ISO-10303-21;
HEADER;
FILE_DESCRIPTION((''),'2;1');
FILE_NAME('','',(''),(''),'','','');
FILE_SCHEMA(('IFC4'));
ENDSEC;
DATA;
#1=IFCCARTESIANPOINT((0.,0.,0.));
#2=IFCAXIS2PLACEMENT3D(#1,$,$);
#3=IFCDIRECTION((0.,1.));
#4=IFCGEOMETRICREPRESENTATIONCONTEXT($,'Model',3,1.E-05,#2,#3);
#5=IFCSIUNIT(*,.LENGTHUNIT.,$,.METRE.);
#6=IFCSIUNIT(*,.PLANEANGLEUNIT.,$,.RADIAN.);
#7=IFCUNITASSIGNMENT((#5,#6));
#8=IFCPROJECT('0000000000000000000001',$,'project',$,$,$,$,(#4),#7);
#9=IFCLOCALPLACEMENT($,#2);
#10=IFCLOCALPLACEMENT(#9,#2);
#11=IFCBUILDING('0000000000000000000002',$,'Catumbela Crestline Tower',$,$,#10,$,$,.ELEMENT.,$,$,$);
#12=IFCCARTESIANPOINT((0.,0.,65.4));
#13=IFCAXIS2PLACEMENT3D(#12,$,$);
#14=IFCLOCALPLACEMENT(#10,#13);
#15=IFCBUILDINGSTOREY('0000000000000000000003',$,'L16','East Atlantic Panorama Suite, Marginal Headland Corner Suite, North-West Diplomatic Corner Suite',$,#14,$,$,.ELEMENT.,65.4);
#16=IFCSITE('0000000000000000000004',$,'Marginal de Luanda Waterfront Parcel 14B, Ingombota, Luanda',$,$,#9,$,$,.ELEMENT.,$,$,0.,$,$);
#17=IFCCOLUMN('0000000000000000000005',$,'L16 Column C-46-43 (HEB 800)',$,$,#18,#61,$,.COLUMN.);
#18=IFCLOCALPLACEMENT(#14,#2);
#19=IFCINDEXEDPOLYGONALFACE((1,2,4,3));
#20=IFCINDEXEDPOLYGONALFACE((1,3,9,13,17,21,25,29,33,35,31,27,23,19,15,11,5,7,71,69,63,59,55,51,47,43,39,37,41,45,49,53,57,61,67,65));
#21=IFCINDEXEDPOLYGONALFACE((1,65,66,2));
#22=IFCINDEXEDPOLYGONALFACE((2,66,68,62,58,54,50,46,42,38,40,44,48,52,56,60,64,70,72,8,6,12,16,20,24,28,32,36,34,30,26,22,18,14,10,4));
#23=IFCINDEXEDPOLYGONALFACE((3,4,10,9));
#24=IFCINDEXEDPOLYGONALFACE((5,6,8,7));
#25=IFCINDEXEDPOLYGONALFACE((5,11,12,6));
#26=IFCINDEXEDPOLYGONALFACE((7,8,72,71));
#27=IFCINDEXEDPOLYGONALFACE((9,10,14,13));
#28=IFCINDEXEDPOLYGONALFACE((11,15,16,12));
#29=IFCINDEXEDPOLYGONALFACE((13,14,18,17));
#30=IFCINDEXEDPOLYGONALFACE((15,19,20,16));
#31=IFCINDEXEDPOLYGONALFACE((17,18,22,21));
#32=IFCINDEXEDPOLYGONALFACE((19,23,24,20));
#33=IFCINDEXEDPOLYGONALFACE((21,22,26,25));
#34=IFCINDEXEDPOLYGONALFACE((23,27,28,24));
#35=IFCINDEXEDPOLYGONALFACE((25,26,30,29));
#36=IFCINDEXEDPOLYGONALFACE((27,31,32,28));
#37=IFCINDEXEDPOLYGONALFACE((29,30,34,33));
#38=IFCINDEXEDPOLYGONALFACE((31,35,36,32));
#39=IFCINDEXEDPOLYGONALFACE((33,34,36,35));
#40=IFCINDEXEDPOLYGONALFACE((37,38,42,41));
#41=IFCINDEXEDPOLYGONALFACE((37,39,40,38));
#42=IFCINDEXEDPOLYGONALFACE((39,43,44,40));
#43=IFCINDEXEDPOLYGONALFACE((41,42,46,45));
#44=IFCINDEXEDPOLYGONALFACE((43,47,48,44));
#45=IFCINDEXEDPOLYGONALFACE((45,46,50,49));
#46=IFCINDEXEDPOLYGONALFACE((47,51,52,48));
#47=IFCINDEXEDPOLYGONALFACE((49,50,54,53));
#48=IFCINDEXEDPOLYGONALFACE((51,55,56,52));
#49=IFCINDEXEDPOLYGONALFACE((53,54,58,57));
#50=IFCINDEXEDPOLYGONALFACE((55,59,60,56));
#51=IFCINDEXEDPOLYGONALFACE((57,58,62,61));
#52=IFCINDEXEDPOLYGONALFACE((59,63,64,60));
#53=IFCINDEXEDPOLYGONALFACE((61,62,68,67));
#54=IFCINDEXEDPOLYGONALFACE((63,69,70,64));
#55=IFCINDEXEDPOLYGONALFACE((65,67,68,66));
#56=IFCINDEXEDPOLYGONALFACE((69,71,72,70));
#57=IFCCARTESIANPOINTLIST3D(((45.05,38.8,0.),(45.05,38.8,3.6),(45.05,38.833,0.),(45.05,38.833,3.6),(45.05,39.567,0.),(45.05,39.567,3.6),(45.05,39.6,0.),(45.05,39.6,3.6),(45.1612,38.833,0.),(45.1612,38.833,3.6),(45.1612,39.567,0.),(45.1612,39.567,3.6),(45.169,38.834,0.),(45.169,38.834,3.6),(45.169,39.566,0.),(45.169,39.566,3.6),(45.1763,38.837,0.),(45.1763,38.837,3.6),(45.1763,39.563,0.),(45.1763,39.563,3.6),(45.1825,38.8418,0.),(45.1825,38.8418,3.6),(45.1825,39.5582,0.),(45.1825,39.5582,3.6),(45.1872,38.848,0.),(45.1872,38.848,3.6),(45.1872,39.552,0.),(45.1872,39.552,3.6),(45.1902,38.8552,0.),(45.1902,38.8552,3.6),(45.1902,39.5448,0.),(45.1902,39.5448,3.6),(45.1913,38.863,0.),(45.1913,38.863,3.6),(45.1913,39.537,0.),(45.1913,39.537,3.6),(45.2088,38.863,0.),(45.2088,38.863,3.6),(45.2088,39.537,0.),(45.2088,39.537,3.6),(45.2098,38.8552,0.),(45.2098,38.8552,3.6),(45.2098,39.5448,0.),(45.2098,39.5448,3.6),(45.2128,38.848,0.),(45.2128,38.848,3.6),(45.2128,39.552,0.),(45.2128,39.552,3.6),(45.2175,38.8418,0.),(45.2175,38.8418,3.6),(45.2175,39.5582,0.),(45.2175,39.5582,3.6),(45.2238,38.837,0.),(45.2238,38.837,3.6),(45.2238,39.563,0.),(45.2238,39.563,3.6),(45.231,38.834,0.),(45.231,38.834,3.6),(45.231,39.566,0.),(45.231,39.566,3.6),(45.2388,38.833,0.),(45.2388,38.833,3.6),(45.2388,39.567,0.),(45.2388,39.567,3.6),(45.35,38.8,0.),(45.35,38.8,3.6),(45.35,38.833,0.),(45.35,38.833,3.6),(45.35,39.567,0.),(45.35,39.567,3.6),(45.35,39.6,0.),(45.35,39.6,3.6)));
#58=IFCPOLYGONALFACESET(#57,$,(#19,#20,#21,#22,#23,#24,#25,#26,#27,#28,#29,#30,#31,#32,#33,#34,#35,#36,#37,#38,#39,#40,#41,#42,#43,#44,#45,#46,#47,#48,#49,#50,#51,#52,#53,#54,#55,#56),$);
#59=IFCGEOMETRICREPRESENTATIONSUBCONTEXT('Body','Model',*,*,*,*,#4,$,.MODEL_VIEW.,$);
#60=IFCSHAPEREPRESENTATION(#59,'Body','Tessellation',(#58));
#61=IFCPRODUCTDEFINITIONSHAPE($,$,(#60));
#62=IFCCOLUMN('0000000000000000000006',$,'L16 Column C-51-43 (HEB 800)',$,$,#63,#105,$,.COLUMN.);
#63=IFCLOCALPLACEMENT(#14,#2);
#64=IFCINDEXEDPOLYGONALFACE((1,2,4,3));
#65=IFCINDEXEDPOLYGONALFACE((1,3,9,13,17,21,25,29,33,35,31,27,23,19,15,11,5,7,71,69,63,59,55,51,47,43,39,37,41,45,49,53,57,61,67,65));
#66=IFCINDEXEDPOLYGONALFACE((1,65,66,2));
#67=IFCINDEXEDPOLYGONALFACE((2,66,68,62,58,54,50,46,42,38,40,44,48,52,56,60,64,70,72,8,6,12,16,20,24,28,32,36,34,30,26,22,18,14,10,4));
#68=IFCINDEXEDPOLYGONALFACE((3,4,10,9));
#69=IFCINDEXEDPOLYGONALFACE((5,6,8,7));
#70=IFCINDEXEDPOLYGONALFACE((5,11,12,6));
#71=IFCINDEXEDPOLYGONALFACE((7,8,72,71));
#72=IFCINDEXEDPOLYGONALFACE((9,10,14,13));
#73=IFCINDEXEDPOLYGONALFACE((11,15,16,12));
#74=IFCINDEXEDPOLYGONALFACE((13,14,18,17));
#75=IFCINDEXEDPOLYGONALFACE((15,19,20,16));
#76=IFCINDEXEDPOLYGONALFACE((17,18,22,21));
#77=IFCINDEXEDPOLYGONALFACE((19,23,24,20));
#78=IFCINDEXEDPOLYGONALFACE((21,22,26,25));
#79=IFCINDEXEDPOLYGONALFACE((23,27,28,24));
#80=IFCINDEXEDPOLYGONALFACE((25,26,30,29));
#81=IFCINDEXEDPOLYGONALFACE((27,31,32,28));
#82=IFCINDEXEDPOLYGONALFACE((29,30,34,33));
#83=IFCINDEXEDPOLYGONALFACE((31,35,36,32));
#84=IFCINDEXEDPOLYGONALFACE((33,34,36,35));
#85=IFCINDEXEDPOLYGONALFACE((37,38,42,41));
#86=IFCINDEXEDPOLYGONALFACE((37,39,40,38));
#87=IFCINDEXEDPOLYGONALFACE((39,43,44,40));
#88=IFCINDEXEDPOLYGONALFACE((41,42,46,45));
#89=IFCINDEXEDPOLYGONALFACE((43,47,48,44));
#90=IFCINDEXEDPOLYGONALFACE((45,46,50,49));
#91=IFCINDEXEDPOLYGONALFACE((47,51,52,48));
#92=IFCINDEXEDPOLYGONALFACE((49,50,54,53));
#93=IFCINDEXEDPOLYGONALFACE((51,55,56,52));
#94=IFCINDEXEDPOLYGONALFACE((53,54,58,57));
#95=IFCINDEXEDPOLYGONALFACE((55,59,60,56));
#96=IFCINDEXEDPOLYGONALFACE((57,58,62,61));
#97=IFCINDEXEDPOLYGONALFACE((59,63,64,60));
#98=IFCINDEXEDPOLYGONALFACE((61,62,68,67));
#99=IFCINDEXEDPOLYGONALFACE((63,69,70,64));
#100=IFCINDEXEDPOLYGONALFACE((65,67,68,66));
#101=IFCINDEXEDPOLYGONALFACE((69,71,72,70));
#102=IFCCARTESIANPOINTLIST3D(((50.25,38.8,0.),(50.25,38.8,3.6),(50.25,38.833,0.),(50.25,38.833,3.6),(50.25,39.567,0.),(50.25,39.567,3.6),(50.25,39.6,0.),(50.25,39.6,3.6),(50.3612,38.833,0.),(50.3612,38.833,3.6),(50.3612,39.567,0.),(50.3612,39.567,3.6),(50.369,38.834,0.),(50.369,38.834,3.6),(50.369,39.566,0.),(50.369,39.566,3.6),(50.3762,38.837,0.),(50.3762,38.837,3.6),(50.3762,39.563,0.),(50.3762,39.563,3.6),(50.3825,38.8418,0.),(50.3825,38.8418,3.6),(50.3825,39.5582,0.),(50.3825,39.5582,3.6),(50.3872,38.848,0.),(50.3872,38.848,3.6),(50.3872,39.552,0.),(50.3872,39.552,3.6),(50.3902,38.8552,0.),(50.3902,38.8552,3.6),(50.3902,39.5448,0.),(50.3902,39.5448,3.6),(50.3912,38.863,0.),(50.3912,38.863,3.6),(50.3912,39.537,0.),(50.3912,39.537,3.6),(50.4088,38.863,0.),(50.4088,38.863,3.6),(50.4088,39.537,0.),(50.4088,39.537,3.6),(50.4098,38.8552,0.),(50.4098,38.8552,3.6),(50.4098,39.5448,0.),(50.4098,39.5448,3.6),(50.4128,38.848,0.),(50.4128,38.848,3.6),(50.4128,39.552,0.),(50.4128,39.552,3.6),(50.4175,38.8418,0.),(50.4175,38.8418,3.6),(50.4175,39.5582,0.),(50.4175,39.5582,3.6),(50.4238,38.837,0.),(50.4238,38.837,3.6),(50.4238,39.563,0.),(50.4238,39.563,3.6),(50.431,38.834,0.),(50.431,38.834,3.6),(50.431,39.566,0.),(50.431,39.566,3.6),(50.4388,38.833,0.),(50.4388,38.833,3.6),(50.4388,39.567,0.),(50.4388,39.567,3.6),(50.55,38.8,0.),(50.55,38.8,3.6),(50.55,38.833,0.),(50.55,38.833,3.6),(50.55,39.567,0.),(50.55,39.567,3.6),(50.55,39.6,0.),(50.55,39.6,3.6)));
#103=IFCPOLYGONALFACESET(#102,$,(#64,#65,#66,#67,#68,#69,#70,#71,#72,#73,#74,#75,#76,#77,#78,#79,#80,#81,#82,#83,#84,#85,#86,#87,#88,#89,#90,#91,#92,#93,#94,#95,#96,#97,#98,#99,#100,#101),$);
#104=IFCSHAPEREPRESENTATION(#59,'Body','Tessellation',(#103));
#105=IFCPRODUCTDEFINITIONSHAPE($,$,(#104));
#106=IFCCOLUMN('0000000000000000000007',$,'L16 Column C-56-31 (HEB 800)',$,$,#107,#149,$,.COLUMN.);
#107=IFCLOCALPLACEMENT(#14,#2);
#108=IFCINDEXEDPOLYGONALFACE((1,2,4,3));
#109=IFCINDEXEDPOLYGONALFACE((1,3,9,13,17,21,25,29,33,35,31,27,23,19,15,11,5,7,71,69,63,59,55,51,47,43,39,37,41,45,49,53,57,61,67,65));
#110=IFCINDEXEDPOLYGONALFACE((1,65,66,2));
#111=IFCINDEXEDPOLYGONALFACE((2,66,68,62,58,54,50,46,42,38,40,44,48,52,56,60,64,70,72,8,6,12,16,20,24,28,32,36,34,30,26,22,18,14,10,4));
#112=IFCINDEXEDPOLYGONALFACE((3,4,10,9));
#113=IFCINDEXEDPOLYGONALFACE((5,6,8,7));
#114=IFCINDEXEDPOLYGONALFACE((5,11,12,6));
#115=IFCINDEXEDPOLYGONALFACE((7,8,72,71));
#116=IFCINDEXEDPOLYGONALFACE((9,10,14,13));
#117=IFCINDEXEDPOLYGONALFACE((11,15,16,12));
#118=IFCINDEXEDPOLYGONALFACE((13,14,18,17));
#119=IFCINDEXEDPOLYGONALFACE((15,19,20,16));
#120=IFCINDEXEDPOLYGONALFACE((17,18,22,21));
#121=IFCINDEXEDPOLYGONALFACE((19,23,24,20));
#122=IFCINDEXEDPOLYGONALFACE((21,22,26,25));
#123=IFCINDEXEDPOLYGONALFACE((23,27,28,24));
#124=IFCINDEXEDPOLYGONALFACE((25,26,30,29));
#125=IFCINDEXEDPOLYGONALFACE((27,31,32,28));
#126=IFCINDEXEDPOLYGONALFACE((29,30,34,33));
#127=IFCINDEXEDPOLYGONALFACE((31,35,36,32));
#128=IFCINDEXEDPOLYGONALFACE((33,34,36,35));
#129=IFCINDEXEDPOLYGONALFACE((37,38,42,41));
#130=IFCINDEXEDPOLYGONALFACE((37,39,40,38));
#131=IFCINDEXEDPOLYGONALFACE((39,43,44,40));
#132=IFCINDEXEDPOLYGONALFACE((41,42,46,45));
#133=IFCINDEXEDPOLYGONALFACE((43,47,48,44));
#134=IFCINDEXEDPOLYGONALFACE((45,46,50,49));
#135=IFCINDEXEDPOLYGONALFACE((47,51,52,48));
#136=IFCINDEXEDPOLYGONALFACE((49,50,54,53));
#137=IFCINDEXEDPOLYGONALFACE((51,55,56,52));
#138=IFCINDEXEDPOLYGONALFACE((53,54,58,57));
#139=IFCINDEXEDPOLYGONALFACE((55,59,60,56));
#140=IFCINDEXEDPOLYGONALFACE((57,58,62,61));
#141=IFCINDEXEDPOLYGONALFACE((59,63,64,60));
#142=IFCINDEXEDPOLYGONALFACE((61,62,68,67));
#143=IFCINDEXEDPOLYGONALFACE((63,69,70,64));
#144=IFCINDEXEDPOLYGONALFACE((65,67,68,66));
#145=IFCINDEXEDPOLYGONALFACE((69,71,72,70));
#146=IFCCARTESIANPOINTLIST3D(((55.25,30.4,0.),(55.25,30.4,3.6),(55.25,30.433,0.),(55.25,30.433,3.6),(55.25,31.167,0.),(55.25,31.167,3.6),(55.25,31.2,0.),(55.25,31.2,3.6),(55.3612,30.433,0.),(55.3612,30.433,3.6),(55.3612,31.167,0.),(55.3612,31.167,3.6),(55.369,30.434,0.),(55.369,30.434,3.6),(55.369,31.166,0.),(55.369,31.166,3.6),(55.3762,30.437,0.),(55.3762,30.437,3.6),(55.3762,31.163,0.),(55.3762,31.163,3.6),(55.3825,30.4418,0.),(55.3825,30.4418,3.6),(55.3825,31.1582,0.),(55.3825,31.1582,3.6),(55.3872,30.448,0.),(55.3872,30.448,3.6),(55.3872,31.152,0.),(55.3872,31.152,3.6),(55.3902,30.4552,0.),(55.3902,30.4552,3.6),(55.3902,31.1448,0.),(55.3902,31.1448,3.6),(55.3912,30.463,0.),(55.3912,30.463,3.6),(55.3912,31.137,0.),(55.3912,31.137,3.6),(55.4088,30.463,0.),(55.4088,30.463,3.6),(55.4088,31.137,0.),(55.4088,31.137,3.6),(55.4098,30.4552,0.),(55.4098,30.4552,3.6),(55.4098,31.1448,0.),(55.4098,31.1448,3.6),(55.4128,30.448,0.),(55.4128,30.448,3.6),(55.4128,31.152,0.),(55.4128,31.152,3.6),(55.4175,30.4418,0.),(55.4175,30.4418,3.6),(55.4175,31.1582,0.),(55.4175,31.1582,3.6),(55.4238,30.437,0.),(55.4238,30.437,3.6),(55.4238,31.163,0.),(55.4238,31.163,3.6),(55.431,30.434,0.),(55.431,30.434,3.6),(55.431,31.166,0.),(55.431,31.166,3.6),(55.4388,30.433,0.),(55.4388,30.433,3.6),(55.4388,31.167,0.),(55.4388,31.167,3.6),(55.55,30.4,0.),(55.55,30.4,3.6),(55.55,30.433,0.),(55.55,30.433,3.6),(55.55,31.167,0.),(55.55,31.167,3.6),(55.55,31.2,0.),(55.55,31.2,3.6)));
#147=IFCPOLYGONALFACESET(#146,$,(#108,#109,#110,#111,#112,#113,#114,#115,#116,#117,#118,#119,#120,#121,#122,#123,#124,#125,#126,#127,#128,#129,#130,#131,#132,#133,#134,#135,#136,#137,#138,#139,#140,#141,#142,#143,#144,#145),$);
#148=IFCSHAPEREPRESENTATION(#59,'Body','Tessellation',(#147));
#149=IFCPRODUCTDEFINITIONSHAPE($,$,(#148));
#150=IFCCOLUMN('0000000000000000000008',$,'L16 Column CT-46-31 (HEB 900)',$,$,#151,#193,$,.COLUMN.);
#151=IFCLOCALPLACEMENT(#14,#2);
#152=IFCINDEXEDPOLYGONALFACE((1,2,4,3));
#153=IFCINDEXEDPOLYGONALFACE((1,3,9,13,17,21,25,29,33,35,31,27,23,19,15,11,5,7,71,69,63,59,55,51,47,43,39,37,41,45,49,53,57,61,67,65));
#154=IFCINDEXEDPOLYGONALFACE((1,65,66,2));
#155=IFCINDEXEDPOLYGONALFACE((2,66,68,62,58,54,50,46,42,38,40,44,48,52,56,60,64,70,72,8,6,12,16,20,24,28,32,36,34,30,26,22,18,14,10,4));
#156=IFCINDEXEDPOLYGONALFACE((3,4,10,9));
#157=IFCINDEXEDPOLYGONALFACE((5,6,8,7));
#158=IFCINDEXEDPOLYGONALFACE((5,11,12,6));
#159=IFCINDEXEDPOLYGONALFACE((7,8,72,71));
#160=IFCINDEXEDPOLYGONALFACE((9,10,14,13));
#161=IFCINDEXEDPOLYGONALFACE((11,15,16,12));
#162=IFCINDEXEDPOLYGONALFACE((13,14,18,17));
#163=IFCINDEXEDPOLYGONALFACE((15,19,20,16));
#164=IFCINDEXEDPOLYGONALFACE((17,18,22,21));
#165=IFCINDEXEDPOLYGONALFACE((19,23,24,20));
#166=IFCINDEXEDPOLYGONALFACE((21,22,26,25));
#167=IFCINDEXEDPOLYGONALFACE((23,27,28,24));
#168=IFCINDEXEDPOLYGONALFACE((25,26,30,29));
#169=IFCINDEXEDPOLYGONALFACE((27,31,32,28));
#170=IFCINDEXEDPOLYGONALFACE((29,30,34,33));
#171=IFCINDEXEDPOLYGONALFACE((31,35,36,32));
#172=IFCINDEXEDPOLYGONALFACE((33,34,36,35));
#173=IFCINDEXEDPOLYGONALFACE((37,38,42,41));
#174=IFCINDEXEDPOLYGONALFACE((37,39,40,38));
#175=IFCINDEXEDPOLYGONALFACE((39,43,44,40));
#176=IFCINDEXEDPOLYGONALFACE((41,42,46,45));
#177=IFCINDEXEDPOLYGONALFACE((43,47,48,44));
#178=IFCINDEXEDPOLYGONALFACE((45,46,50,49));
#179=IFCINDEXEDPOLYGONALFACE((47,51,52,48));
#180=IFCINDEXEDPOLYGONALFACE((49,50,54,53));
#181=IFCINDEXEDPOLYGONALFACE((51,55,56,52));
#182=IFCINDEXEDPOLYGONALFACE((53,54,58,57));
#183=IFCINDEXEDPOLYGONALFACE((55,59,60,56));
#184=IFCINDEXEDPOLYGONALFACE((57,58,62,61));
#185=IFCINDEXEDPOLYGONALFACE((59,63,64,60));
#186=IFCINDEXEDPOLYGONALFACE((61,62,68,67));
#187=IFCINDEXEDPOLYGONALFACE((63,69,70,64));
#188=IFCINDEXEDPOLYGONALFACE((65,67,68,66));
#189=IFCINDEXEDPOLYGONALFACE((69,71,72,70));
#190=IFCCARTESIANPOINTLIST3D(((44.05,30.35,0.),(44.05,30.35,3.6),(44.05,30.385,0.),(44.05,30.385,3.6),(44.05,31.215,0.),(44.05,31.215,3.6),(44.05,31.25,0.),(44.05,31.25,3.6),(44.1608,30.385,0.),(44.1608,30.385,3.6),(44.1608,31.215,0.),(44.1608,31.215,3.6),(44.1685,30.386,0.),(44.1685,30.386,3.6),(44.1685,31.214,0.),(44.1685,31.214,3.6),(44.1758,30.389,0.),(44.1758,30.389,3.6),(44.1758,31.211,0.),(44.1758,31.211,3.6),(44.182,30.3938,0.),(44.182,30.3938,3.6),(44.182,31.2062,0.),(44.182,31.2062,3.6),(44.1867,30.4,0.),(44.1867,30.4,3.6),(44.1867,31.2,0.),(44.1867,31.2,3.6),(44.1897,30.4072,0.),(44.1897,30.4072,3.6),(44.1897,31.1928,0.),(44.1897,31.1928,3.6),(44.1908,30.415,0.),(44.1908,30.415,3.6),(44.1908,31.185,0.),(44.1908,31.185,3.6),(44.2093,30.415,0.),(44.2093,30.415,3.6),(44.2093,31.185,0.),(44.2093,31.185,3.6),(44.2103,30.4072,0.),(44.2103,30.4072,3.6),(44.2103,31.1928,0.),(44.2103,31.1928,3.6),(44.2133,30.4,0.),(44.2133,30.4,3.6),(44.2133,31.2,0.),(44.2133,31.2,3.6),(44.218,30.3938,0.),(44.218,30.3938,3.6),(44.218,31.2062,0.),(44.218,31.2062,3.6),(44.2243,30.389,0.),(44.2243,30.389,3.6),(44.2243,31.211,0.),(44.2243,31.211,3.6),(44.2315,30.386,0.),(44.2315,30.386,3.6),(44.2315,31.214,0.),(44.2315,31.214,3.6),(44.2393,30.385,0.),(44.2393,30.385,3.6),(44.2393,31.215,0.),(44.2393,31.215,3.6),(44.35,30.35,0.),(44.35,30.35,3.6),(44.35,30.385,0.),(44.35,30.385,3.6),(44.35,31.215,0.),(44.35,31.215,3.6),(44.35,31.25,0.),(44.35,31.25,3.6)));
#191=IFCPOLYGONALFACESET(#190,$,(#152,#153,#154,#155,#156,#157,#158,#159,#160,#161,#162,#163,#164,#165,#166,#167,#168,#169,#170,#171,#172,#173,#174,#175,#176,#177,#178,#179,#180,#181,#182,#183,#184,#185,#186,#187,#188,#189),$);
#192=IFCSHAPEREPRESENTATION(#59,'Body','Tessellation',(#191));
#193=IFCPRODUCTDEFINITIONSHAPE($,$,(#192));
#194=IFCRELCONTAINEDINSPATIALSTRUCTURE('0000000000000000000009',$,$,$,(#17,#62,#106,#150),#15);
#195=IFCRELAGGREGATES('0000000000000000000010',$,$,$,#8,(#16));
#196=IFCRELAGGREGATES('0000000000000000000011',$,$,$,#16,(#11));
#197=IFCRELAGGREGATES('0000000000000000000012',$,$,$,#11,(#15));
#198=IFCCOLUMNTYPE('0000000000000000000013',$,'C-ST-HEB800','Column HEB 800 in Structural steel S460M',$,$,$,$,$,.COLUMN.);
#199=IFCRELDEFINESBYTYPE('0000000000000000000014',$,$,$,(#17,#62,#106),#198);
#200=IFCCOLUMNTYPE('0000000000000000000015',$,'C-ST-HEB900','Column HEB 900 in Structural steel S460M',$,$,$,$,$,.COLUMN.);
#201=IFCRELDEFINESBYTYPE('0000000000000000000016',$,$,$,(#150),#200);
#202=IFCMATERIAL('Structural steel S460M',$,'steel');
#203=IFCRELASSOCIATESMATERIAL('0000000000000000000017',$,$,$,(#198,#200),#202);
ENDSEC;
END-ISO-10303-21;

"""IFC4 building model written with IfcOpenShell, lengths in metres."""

from ifc_helpers import new_model, si_unit, direction, frame, origin, origin_2d, place, context, subcontext, project, spatial, i_section, extrude, material, material_profile, profile_set, type_object, element, save


model = new_model("IFC4")

# Units and contexts
model_context = context("Model", 3, precision=1e-05, world=origin(), true_north=direction((0.0, 1.0)))
body_context = subcontext(model_context, "Body", "Model", "MODEL_VIEW")
ifc_project = project(units=[si_unit("LENGTHUNIT", "METRE"), si_unit("PLANEANGLEUNIT", "RADIAN")], contexts=[model_context])

# Site, building, storey
site_placement = place(None, origin())
site = spatial("IfcSite", under=ifc_project, at=site_placement, Name="Marginal de Luanda Waterfront Parcel 14B, Ingombota, Luanda", CompositionType="ELEMENT", RefElevation=0.0)
building_placement = place(site_placement, origin())
building = spatial("IfcBuilding", under=site, at=building_placement, Name="Catumbela Crestline Tower", CompositionType="ELEMENT")
storey_placement = place(building_placement, frame((0.0, 0.0, 65.4)))
storey = spatial("IfcBuildingStorey", under=building, at=storey_placement, Name="L16", Description="East Atlantic Panorama Suite, Marginal Headland Corner Suite, North-West Diplomatic Corner Suite", CompositionType="ELEMENT", Elevation=65.4)

# Columns
ifc_material_1 = material(Name="Structural steel S460M", Category="steel")
ifc_material_profile_1 = material_profile(ifc_material_1, i_section(OverallWidth=0.3, OverallDepth=0.8, WebThickness=0.0175, FlangeThickness=0.033, FilletRadius=0.03, at=origin_2d()), Name="HEB 800")
ifc_profile_set_1 = profile_set([ifc_material_profile_1], Name="Structural steel S460M")
column_type_1 = type_object("IfcColumnType", Name="C-ST-HEB800", Description="Column HEB 800 in Structural steel S460M", PredefinedType="COLUMN", material=ifc_profile_set_1)
for number, where, z_axis, x_axis, name in (
    (1, (45.2, 39.2, 0.0), (0.0, 0.0, 1.0), (1.0, 0.0, 0.0), "L16 Column C-46-43 (HEB 800)"),
    (2, (50.4, 39.2, 0.0), (0.0, 0.0, 1.0), (1.0, 0.0, 0.0), "L16 Column C-51-43 (HEB 800)"),
    (3, (55.4, 30.8, 0.0), (0.0, 0.0, 1.0), (1.0, 0.0, 0.0), "L16 Column C-56-31 (HEB 800)"),
):
    element("IfcColumn", number, at=place(storey_placement, frame(where, z_axis=z_axis, x_axis=x_axis)), inside=storey, type_object=column_type_1, Name=name, PredefinedType="COLUMN", context=body_context, shape_type="SweptSolid", body=[
        extrude(i_section(OverallWidth=0.3, OverallDepth=0.8, WebThickness=0.0175, FlangeThickness=0.033, FilletRadius=0.03, at=origin_2d()), origin(), (0.0, 0.0, 1.0), 3.6),
    ])
ifc_material_profile_2 = material_profile(ifc_material_1, i_section(OverallWidth=0.3, OverallDepth=0.9, WebThickness=0.0185, FlangeThickness=0.035, FilletRadius=0.03, at=origin_2d()), Name="HEB 900")
ifc_profile_set_2 = profile_set([ifc_material_profile_2], Name="Structural steel S460M")
column_type_2 = type_object("IfcColumnType", Name="C-ST-HEB900", Description="Column HEB 900 in Structural steel S460M", PredefinedType="COLUMN", material=ifc_profile_set_2)
for number, where, z_axis, x_axis, name in (
    (4, (44.2, 30.8, 0.0), (0.0, 0.0, 1.0), (1.0, 0.0, 0.0), "L16 Column CT-46-31 (HEB 900)"),
):
    element("IfcColumn", number, at=place(storey_placement, frame(where, z_axis=z_axis, x_axis=x_axis)), inside=storey, type_object=column_type_2, Name=name, PredefinedType="COLUMN", context=body_context, shape_type="SweptSolid", body=[
        extrude(i_section(OverallWidth=0.3, OverallDepth=0.9, WebThickness=0.0185, FlangeThickness=0.035, FilletRadius=0.03, at=origin_2d()), origin(), (0.0, 0.0, 1.0), 3.6),
    ])

save(model, "model.ifc")
